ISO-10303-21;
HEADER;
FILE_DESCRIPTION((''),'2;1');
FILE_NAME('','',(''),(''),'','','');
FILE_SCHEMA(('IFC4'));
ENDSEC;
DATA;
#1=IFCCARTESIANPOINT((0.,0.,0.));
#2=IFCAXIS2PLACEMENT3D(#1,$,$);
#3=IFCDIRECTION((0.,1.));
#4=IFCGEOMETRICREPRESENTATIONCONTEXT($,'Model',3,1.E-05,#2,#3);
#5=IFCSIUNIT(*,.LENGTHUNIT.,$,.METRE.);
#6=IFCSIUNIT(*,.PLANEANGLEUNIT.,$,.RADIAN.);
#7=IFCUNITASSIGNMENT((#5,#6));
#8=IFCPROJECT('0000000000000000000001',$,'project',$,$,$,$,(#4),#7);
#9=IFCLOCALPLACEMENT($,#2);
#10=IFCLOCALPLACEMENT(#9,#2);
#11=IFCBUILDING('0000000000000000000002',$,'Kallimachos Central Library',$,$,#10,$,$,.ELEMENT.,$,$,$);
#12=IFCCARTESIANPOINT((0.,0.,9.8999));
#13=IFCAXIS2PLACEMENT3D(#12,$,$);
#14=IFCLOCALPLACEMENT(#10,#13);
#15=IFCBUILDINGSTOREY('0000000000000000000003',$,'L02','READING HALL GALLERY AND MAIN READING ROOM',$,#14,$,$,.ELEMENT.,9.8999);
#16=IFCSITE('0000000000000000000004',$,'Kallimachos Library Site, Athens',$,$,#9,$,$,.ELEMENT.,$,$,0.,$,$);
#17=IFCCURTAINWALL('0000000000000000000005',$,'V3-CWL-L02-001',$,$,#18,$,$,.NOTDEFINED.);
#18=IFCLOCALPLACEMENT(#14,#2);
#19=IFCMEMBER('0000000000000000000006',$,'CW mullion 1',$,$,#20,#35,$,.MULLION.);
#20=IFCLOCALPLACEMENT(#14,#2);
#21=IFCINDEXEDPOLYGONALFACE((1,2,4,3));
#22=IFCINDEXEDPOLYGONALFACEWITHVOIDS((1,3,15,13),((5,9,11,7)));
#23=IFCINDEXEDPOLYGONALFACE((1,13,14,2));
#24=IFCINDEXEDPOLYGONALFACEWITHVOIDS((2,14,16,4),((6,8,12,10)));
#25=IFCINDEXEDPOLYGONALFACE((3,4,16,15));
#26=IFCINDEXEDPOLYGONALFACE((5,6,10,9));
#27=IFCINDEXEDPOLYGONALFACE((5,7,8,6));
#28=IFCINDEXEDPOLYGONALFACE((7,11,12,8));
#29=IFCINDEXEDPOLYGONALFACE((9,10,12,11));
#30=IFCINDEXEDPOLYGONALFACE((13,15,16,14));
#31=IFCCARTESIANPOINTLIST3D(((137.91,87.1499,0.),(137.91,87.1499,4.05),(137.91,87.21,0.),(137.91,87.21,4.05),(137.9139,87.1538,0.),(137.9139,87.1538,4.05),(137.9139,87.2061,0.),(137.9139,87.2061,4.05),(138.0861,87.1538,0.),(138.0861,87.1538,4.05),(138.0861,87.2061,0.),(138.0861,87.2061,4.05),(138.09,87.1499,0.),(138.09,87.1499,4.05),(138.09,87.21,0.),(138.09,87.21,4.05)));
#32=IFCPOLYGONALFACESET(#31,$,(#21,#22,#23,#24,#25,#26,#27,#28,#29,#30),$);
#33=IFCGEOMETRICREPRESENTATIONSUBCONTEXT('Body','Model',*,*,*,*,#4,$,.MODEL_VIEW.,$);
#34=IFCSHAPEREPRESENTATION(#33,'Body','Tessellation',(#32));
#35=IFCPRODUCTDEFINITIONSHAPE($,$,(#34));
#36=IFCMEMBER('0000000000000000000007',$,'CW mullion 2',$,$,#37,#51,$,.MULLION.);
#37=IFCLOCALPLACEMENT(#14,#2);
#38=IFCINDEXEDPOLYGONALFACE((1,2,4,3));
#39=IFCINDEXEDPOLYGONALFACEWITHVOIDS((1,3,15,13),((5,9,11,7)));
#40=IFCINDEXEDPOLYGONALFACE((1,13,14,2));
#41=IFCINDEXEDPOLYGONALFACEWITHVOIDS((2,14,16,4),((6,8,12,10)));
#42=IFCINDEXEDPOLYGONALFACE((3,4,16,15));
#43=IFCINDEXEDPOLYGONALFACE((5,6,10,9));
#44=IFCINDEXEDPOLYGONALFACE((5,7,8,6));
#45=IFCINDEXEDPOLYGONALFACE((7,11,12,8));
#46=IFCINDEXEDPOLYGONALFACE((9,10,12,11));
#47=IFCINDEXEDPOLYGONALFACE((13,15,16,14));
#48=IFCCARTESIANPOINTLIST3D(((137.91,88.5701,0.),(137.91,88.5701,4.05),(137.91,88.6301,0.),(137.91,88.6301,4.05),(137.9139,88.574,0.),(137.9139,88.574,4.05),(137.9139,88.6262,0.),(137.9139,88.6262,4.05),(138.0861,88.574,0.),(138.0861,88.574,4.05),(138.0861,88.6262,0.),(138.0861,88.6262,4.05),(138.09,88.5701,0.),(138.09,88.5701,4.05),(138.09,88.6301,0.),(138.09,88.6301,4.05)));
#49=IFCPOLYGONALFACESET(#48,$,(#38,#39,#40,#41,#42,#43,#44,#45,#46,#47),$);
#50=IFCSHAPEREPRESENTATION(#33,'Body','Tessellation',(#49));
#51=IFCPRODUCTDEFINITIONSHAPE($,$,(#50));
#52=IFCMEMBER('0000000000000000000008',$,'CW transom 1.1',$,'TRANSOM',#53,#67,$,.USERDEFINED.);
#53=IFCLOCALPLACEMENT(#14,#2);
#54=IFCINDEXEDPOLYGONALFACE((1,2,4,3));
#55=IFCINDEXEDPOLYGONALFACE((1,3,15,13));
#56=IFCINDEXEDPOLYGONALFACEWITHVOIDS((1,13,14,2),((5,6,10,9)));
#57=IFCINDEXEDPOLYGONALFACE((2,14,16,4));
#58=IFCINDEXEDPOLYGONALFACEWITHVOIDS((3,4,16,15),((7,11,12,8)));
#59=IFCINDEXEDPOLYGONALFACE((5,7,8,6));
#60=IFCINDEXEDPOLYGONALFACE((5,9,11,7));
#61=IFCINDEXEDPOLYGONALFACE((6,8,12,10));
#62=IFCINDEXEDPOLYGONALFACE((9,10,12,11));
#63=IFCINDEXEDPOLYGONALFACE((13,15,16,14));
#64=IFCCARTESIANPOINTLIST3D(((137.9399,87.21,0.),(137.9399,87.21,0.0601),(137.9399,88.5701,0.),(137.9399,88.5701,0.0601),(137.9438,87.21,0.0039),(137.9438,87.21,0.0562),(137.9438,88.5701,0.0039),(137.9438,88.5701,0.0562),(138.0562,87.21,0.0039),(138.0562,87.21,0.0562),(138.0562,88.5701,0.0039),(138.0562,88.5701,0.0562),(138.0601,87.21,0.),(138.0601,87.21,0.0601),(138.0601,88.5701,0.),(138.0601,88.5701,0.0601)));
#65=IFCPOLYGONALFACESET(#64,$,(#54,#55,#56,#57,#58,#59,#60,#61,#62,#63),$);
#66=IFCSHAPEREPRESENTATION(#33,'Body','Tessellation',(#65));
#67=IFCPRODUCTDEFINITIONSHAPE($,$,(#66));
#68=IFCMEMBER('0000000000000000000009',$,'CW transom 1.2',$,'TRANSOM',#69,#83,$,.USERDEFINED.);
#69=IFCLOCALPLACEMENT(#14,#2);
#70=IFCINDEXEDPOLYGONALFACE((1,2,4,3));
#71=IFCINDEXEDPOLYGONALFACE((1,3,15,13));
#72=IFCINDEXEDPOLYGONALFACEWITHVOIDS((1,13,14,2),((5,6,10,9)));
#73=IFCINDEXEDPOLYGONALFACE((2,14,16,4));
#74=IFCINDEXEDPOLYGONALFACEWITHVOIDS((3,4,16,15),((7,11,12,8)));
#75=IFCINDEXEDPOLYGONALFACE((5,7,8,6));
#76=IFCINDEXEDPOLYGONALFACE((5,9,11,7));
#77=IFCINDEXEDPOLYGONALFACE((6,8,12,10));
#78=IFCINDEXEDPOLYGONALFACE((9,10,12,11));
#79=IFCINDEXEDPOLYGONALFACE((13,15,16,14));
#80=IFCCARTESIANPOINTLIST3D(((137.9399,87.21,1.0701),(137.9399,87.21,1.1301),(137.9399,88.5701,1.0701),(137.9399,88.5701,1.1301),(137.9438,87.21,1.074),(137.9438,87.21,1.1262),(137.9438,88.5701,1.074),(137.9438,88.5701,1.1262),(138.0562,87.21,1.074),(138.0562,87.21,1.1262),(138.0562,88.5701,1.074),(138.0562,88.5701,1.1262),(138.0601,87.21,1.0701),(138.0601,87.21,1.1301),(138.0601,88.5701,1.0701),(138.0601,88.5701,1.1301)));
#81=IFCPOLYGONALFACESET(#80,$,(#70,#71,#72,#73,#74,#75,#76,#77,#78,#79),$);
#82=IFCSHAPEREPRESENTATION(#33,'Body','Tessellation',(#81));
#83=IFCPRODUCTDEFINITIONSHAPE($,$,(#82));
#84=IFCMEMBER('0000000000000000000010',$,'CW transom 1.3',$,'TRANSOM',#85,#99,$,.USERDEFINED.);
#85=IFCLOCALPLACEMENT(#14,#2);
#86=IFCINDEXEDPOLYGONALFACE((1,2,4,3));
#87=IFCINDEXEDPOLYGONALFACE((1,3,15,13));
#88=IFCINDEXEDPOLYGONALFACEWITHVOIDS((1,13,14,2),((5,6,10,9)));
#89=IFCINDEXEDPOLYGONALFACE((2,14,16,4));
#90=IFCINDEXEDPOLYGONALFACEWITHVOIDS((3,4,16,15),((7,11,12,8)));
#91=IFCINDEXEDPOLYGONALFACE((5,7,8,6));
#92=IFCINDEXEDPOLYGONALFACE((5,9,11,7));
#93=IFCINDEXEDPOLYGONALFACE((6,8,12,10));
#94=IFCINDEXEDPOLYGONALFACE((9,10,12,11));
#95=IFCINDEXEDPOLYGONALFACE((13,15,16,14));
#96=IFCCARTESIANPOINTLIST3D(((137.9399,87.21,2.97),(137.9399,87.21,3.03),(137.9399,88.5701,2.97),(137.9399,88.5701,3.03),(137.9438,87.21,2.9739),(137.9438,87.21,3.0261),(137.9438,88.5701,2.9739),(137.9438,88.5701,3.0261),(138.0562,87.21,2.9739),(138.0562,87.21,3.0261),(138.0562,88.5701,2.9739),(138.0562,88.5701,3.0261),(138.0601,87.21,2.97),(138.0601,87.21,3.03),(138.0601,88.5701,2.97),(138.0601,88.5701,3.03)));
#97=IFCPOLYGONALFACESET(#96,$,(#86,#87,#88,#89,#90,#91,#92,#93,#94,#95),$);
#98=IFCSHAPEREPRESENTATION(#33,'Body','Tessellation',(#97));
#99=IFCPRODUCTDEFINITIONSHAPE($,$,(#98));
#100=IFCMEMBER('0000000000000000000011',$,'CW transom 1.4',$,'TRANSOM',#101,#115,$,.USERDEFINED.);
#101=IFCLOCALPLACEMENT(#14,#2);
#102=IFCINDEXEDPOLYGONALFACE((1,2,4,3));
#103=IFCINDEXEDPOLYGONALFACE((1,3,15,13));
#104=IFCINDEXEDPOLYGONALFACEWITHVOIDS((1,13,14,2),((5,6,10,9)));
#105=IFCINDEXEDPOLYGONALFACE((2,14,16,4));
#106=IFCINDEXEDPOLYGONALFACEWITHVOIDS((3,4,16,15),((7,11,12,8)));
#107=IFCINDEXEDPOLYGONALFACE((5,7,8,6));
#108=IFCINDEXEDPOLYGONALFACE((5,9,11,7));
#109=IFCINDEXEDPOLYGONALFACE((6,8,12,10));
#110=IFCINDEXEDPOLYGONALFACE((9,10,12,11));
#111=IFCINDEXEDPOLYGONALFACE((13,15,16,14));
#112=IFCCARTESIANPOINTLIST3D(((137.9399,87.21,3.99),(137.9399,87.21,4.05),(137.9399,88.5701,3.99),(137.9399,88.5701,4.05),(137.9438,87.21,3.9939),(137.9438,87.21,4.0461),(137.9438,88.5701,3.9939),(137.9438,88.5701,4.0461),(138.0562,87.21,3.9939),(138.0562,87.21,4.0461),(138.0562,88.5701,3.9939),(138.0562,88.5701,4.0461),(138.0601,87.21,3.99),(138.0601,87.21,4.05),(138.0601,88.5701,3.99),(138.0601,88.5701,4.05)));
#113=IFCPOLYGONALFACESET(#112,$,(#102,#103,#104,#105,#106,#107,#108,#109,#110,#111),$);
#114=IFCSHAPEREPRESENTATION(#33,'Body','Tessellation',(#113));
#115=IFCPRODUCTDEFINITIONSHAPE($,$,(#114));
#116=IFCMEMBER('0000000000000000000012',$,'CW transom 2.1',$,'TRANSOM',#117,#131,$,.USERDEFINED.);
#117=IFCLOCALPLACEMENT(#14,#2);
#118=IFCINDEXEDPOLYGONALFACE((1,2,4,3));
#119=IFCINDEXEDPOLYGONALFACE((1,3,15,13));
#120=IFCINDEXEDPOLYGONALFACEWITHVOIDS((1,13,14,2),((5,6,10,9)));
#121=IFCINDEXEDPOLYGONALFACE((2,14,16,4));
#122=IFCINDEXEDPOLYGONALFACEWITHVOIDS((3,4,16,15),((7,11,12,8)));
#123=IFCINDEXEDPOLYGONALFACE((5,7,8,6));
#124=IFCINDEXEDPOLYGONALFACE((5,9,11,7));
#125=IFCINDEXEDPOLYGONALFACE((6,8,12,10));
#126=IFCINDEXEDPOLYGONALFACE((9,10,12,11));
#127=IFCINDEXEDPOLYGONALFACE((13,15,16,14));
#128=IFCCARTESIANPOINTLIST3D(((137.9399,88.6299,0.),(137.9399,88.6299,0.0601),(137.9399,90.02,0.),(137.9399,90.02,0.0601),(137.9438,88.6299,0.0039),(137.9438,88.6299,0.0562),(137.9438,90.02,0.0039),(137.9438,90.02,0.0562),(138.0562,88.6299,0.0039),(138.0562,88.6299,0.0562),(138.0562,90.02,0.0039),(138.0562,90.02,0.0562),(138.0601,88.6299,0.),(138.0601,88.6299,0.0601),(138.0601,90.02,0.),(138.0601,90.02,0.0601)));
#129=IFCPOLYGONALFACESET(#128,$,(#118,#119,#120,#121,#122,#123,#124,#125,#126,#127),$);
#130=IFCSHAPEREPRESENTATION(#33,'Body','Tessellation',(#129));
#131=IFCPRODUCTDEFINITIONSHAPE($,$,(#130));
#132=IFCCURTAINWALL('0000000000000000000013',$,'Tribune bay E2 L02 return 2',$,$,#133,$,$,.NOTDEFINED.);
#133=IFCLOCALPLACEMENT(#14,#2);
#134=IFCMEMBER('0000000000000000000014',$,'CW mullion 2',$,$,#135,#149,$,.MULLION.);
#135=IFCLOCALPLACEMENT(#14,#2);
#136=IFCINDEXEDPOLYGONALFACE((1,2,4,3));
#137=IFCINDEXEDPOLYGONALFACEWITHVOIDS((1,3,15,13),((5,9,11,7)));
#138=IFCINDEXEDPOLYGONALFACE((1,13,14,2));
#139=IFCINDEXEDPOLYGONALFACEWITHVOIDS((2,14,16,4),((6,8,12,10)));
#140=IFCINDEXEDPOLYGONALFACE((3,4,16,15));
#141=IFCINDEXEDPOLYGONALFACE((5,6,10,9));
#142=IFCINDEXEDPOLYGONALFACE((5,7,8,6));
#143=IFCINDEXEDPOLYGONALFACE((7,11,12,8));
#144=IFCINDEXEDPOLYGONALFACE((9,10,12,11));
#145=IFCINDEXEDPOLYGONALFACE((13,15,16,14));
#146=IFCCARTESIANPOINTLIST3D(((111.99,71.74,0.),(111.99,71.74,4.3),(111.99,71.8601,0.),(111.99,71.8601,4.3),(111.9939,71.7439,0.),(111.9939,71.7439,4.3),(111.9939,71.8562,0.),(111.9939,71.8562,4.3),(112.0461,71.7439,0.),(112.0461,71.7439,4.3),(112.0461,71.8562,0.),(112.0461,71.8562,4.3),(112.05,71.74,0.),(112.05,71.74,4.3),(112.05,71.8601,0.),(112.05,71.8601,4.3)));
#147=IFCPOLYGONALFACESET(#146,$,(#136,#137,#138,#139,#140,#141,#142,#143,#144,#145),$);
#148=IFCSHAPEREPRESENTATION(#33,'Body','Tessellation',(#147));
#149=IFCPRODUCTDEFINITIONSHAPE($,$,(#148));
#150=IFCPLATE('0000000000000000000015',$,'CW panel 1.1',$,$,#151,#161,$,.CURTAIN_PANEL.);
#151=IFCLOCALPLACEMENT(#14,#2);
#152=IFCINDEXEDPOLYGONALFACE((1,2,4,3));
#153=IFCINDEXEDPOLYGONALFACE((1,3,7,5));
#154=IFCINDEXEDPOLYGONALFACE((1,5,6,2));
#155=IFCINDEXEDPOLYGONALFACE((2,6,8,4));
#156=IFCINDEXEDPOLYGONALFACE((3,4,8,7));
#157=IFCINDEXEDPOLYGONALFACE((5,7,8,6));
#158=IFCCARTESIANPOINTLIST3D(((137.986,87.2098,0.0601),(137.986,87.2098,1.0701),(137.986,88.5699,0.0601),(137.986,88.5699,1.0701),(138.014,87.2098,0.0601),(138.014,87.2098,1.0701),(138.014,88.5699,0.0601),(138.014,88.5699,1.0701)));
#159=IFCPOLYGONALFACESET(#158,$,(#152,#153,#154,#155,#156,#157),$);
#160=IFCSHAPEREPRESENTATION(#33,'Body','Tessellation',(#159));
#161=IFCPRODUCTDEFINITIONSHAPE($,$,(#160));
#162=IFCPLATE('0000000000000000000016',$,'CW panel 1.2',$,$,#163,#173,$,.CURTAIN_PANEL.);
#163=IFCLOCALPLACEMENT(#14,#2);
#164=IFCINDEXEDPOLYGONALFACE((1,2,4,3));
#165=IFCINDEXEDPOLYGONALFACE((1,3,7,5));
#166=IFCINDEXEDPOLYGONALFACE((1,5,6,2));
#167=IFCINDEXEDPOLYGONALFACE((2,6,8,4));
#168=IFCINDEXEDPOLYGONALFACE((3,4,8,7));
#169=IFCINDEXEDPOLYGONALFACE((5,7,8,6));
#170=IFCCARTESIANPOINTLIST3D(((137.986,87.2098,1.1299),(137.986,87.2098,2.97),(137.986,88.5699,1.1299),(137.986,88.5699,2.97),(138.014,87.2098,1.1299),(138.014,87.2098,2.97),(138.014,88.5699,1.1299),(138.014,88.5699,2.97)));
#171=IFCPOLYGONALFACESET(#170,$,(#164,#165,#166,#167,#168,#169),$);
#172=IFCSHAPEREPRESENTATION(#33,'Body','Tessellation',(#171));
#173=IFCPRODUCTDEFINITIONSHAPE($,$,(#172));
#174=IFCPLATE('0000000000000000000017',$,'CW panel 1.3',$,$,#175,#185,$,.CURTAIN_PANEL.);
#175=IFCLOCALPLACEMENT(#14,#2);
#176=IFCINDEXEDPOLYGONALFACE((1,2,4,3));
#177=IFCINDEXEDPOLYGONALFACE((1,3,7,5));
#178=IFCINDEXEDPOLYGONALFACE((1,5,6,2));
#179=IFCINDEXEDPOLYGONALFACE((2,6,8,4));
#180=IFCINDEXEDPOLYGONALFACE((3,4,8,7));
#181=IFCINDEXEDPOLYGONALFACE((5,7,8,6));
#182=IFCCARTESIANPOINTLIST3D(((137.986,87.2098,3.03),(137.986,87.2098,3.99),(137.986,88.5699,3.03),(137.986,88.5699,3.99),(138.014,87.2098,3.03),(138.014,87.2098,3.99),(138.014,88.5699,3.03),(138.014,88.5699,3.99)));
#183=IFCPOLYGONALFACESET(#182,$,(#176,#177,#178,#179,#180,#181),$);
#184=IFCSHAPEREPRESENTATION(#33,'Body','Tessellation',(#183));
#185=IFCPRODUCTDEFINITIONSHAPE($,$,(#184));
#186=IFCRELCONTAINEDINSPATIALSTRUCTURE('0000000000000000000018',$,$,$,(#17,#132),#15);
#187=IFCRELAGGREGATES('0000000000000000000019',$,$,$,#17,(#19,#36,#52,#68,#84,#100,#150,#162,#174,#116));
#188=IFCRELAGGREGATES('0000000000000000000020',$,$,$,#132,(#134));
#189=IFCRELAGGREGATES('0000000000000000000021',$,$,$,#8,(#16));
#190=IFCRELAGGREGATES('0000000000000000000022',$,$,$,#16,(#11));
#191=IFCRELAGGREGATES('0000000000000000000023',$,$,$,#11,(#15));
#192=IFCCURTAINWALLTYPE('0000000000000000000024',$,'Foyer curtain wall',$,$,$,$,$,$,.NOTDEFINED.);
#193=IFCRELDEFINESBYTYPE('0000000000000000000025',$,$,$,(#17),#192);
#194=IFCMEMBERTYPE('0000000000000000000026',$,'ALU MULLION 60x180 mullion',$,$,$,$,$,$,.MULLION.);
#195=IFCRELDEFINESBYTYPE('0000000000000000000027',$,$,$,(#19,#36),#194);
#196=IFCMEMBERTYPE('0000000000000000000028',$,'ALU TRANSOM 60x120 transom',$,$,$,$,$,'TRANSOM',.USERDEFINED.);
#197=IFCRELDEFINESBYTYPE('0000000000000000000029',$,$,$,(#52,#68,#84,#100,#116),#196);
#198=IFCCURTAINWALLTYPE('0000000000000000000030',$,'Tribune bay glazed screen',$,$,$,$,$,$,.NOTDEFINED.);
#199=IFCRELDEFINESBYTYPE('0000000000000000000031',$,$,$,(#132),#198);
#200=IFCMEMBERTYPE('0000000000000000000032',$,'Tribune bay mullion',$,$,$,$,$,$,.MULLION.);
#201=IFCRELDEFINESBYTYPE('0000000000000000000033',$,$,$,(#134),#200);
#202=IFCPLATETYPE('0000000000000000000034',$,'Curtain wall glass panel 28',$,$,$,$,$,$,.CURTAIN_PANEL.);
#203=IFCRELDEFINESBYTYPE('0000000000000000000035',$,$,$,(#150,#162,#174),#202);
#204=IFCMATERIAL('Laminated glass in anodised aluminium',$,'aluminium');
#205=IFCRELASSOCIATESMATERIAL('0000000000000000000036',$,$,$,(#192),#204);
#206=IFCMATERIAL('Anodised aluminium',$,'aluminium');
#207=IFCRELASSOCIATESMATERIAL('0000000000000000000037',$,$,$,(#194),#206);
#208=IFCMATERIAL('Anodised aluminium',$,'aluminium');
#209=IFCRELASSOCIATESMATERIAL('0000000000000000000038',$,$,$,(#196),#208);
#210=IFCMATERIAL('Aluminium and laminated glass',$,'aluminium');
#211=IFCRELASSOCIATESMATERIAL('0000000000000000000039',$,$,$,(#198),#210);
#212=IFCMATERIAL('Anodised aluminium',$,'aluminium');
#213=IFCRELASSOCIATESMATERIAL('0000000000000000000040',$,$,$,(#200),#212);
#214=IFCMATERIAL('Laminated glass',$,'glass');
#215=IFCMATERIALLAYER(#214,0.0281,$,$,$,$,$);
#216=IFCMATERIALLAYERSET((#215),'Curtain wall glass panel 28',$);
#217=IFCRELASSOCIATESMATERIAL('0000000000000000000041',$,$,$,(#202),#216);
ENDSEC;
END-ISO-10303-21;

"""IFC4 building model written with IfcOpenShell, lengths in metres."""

from ifc_helpers import new_model, si_unit, direction, frame, origin, origin_2d, place, context, subcontext, project, spatial, rectangle, hollow_rectangle, extrude, material, layer, layer_set, material_profile, profile_set, type_object, element, aggregate, save


model = new_model("IFC4")

# Units and contexts
model_context = context("Model", 3, precision=1e-05, world=origin(), true_north=direction((0.0, 1.0)))
body_context = subcontext(model_context, "Body", "Model", "MODEL_VIEW")
ifc_project = project(units=[si_unit("LENGTHUNIT", "METRE"), si_unit("PLANEANGLEUNIT", "RADIAN")], contexts=[model_context])

# Site, building, storey
site_placement = place(None, origin())
site = spatial("IfcSite", under=ifc_project, at=site_placement, Name="Kallimachos Library Site, Athens", CompositionType="ELEMENT", RefElevation=0.0)
building_placement = place(site_placement, origin())
building = spatial("IfcBuilding", under=site, at=building_placement, Name="Kallimachos Central Library", CompositionType="ELEMENT")
storey_placement = place(building_placement, frame((0.0, 0.0, 9.8999)))
storey = spatial("IfcBuildingStorey", under=building, at=storey_placement, Name="L02", Description="READING HALL GALLERY AND MAIN READING ROOM", CompositionType="ELEMENT", Elevation=9.8999)

# Curtain wall, members
ifc_material_1 = material(Name="Laminated glass in anodised aluminium", Category="aluminium")
curtain_wall_type_1 = type_object("IfcCurtainWallType", Name="Foyer curtain wall", PredefinedType="NOTDEFINED", material=ifc_material_1)
curtain_wall_1_placement = place(storey_placement, origin())
curtain_wall_1 = element("IfcCurtainWall", 1, at=curtain_wall_1_placement, inside=storey, type_object=curtain_wall_type_1, Name="V3-CWL-L02-001", PredefinedType="NOTDEFINED")
ifc_material_2 = material(Name="Anodised aluminium", Category="aluminium")
ifc_material_profile_1 = material_profile(ifc_material_2, hollow_rectangle(XDim=0.0601, YDim=0.1799, WallThickness=0.0039, at=origin_2d()), Name="ALU MULLION 60x180")
ifc_profile_set_1 = profile_set([ifc_material_profile_1], Name="Anodised aluminium")
member_type_1 = type_object("IfcMemberType", Name="ALU MULLION 60x180 mullion", PredefinedType="MULLION", material=ifc_profile_set_1)
member_1_placement = place(storey_placement, frame((138.0, 87.1799, 0.0), z_axis=(0.0, 0.0, 1.0), x_axis=(0.0, 1.0, 0.0)))
member_1 = element("IfcMember", 2, at=member_1_placement, type_object=member_type_1, Name="CW mullion 1", PredefinedType="MULLION", context=body_context, shape_type="SweptSolid", body=[
    extrude(hollow_rectangle(XDim=0.0601, YDim=0.1799, WallThickness=0.0039, at=origin_2d()), origin(), (0.0, 0.0, 1.0), 4.05),
])
member_2_placement = place(storey_placement, frame((138.0, 88.6001, 0.0), z_axis=(0.0, 0.0, 1.0), x_axis=(0.0, 1.0, 0.0)))
member_2 = element("IfcMember", 3, at=member_2_placement, type_object=member_type_1, Name="CW mullion 2", PredefinedType="MULLION", context=body_context, shape_type="SweptSolid", body=[
    extrude(hollow_rectangle(XDim=0.0601, YDim=0.1799, WallThickness=0.0039, at=origin_2d()), origin(), (0.0, 0.0, 1.0), 4.05),
])
ifc_material_3 = material(Name="Anodised aluminium", Category="aluminium")
ifc_material_profile_2 = material_profile(ifc_material_3, hollow_rectangle(XDim=0.0601, YDim=0.1201, WallThickness=0.0039, at=origin_2d()), Name="ALU TRANSOM 60x120")
ifc_profile_set_2 = profile_set([ifc_material_profile_2], Name="Anodised aluminium")
member_type_2 = type_object("IfcMemberType", Name="ALU TRANSOM 60x120 transom", ElementType="TRANSOM", PredefinedType="USERDEFINED", material=ifc_profile_set_2)
member_3_placement = place(storey_placement, frame((138.0, 87.21, 0.03), z_axis=(0.0, 1.0, 0.0), x_axis=(0.0, 0.0, 1.0)))
member_3 = element("IfcMember", 4, at=member_3_placement, type_object=member_type_2, Name="CW transom 1.1", ObjectType="TRANSOM", PredefinedType="USERDEFINED", context=body_context, shape_type="SweptSolid", body=[
    extrude(hollow_rectangle(XDim=0.0601, YDim=0.1201, WallThickness=0.0039, at=origin_2d()), origin(), (0.0, 0.0, 1.0), 1.3601),
])
member_4_placement = place(storey_placement, frame((138.0, 87.21, 1.1001), z_axis=(0.0, 1.0, 0.0), x_axis=(0.0, 0.0, 1.0)))
member_4 = element("IfcMember", 5, at=member_4_placement, type_object=member_type_2, Name="CW transom 1.2", ObjectType="TRANSOM", PredefinedType="USERDEFINED", context=body_context, shape_type="SweptSolid", body=[
    extrude(hollow_rectangle(XDim=0.0601, YDim=0.1201, WallThickness=0.0039, at=origin_2d()), origin(), (0.0, 0.0, 1.0), 1.3601),
])
member_5_placement = place(storey_placement, frame((138.0, 87.21, 3.0), z_axis=(0.0, 1.0, 0.0), x_axis=(0.0, 0.0, 1.0)))
member_5 = element("IfcMember", 6, at=member_5_placement, type_object=member_type_2, Name="CW transom 1.3", ObjectType="TRANSOM", PredefinedType="USERDEFINED", context=body_context, shape_type="SweptSolid", body=[
    extrude(hollow_rectangle(XDim=0.0601, YDim=0.1201, WallThickness=0.0039, at=origin_2d()), origin(), (0.0, 0.0, 1.0), 1.3601),
])
member_6_placement = place(storey_placement, frame((138.0, 87.21, 4.02), z_axis=(0.0, 1.0, 0.0), x_axis=(0.0, 0.0, 1.0)))
member_6 = element("IfcMember", 7, at=member_6_placement, type_object=member_type_2, Name="CW transom 1.4", ObjectType="TRANSOM", PredefinedType="USERDEFINED", context=body_context, shape_type="SweptSolid", body=[
    extrude(hollow_rectangle(XDim=0.0601, YDim=0.1201, WallThickness=0.0039, at=origin_2d()), origin(), (0.0, 0.0, 1.0), 1.3601),
])
member_7_placement = place(storey_placement, frame((138.0, 88.6299, 0.03), z_axis=(0.0, 1.0, 0.0), x_axis=(0.0, 0.0, 1.0)))
member_7 = element("IfcMember", 8, at=member_7_placement, type_object=member_type_2, Name="CW transom 2.1", ObjectType="TRANSOM", PredefinedType="USERDEFINED", context=body_context, shape_type="SweptSolid", body=[
    extrude(hollow_rectangle(XDim=0.0601, YDim=0.1201, WallThickness=0.0039, at=origin_2d()), origin(), (0.0, 0.0, 1.0), 1.3901),
])

# Curtain wall, member
ifc_material_4 = material(Name="Aluminium and laminated glass", Category="aluminium")
curtain_wall_type_2 = type_object("IfcCurtainWallType", Name="Tribune bay glazed screen", PredefinedType="NOTDEFINED", material=ifc_material_4)
curtain_wall_2_placement = place(storey_placement, origin())
curtain_wall_2 = element("IfcCurtainWall", 9, at=curtain_wall_2_placement, inside=storey, type_object=curtain_wall_type_2, Name="Tribune bay E2 L02 return 2", PredefinedType="NOTDEFINED")
ifc_material_5 = material(Name="Anodised aluminium", Category="aluminium")
ifc_material_profile_3 = material_profile(ifc_material_5, hollow_rectangle(XDim=0.0601, YDim=0.1201, WallThickness=0.0039, at=origin_2d()), Name="ALU MULLION 60x120")
ifc_profile_set_3 = profile_set([ifc_material_profile_3], Name="Anodised aluminium")
member_type_3 = type_object("IfcMemberType", Name="Tribune bay mullion", PredefinedType="MULLION", material=ifc_profile_set_3)
member_8_placement = place(storey_placement, frame((112.02, 71.8, 0.0), z_axis=(0.0, 0.0, 1.0), x_axis=(1.0, 0.0, 0.0)))
member_8 = element("IfcMember", 10, at=member_8_placement, type_object=member_type_3, Name="CW mullion 2", PredefinedType="MULLION", context=body_context, shape_type="SweptSolid", body=[
    extrude(hollow_rectangle(XDim=0.0601, YDim=0.1201, WallThickness=0.0039, at=origin_2d()), origin(), (0.0, 0.0, 1.0), 4.3),
])

# Plates
ifc_material_6 = material(Name="Laminated glass", Category="glass")
ifc_layer_1 = layer(ifc_material_6, 0.0281)
ifc_layer_set_1 = layer_set([ifc_layer_1], Name="Curtain wall glass panel 28")
plate_type_1 = type_object("IfcPlateType", Name="Curtain wall glass panel 28", PredefinedType="CURTAIN_PANEL", material=ifc_layer_set_1)
plate_1_placement = place(storey_placement, frame((138.0, 87.8899, 0.0601), z_axis=(0.0, 0.0, 1.0), x_axis=(0.0, 1.0, 0.0)))
plate_1 = element("IfcPlate", 11, at=plate_1_placement, type_object=plate_type_1, Name="CW panel 1.1", PredefinedType="CURTAIN_PANEL", context=body_context, shape_type="SweptSolid", body=[
    extrude(rectangle(XDim=1.3601, YDim=0.0281, at=origin_2d()), origin(), (0.0, 0.0, 1.0), 1.01),
])
plate_2_placement = place(storey_placement, frame((138.0, 87.8899, 1.1299), z_axis=(0.0, 0.0, 1.0), x_axis=(0.0, 1.0, 0.0)))
plate_2 = element("IfcPlate", 12, at=plate_2_placement, type_object=plate_type_1, Name="CW panel 1.2", PredefinedType="CURTAIN_PANEL", context=body_context, shape_type="SweptSolid", body=[
    extrude(rectangle(XDim=1.3601, YDim=0.0281, at=origin_2d()), origin(), (0.0, 0.0, 1.0), 1.8401),
])
plate_3_placement = place(storey_placement, frame((138.0, 87.8899, 3.03), z_axis=(0.0, 0.0, 1.0), x_axis=(0.0, 1.0, 0.0)))
plate_3 = element("IfcPlate", 13, at=plate_3_placement, type_object=plate_type_1, Name="CW panel 1.3", PredefinedType="CURTAIN_PANEL", context=body_context, shape_type="SweptSolid", body=[
    extrude(rectangle(XDim=1.3601, YDim=0.0281, at=origin_2d()), origin(), (0.0, 0.0, 1.0), 0.96),
])
aggregate(curtain_wall_1, [member_1, member_2, member_3, member_4, member_5, member_6, plate_1, plate_2, plate_3, member_7])
aggregate(curtain_wall_2, [member_8])

save(model, "model.ifc")
